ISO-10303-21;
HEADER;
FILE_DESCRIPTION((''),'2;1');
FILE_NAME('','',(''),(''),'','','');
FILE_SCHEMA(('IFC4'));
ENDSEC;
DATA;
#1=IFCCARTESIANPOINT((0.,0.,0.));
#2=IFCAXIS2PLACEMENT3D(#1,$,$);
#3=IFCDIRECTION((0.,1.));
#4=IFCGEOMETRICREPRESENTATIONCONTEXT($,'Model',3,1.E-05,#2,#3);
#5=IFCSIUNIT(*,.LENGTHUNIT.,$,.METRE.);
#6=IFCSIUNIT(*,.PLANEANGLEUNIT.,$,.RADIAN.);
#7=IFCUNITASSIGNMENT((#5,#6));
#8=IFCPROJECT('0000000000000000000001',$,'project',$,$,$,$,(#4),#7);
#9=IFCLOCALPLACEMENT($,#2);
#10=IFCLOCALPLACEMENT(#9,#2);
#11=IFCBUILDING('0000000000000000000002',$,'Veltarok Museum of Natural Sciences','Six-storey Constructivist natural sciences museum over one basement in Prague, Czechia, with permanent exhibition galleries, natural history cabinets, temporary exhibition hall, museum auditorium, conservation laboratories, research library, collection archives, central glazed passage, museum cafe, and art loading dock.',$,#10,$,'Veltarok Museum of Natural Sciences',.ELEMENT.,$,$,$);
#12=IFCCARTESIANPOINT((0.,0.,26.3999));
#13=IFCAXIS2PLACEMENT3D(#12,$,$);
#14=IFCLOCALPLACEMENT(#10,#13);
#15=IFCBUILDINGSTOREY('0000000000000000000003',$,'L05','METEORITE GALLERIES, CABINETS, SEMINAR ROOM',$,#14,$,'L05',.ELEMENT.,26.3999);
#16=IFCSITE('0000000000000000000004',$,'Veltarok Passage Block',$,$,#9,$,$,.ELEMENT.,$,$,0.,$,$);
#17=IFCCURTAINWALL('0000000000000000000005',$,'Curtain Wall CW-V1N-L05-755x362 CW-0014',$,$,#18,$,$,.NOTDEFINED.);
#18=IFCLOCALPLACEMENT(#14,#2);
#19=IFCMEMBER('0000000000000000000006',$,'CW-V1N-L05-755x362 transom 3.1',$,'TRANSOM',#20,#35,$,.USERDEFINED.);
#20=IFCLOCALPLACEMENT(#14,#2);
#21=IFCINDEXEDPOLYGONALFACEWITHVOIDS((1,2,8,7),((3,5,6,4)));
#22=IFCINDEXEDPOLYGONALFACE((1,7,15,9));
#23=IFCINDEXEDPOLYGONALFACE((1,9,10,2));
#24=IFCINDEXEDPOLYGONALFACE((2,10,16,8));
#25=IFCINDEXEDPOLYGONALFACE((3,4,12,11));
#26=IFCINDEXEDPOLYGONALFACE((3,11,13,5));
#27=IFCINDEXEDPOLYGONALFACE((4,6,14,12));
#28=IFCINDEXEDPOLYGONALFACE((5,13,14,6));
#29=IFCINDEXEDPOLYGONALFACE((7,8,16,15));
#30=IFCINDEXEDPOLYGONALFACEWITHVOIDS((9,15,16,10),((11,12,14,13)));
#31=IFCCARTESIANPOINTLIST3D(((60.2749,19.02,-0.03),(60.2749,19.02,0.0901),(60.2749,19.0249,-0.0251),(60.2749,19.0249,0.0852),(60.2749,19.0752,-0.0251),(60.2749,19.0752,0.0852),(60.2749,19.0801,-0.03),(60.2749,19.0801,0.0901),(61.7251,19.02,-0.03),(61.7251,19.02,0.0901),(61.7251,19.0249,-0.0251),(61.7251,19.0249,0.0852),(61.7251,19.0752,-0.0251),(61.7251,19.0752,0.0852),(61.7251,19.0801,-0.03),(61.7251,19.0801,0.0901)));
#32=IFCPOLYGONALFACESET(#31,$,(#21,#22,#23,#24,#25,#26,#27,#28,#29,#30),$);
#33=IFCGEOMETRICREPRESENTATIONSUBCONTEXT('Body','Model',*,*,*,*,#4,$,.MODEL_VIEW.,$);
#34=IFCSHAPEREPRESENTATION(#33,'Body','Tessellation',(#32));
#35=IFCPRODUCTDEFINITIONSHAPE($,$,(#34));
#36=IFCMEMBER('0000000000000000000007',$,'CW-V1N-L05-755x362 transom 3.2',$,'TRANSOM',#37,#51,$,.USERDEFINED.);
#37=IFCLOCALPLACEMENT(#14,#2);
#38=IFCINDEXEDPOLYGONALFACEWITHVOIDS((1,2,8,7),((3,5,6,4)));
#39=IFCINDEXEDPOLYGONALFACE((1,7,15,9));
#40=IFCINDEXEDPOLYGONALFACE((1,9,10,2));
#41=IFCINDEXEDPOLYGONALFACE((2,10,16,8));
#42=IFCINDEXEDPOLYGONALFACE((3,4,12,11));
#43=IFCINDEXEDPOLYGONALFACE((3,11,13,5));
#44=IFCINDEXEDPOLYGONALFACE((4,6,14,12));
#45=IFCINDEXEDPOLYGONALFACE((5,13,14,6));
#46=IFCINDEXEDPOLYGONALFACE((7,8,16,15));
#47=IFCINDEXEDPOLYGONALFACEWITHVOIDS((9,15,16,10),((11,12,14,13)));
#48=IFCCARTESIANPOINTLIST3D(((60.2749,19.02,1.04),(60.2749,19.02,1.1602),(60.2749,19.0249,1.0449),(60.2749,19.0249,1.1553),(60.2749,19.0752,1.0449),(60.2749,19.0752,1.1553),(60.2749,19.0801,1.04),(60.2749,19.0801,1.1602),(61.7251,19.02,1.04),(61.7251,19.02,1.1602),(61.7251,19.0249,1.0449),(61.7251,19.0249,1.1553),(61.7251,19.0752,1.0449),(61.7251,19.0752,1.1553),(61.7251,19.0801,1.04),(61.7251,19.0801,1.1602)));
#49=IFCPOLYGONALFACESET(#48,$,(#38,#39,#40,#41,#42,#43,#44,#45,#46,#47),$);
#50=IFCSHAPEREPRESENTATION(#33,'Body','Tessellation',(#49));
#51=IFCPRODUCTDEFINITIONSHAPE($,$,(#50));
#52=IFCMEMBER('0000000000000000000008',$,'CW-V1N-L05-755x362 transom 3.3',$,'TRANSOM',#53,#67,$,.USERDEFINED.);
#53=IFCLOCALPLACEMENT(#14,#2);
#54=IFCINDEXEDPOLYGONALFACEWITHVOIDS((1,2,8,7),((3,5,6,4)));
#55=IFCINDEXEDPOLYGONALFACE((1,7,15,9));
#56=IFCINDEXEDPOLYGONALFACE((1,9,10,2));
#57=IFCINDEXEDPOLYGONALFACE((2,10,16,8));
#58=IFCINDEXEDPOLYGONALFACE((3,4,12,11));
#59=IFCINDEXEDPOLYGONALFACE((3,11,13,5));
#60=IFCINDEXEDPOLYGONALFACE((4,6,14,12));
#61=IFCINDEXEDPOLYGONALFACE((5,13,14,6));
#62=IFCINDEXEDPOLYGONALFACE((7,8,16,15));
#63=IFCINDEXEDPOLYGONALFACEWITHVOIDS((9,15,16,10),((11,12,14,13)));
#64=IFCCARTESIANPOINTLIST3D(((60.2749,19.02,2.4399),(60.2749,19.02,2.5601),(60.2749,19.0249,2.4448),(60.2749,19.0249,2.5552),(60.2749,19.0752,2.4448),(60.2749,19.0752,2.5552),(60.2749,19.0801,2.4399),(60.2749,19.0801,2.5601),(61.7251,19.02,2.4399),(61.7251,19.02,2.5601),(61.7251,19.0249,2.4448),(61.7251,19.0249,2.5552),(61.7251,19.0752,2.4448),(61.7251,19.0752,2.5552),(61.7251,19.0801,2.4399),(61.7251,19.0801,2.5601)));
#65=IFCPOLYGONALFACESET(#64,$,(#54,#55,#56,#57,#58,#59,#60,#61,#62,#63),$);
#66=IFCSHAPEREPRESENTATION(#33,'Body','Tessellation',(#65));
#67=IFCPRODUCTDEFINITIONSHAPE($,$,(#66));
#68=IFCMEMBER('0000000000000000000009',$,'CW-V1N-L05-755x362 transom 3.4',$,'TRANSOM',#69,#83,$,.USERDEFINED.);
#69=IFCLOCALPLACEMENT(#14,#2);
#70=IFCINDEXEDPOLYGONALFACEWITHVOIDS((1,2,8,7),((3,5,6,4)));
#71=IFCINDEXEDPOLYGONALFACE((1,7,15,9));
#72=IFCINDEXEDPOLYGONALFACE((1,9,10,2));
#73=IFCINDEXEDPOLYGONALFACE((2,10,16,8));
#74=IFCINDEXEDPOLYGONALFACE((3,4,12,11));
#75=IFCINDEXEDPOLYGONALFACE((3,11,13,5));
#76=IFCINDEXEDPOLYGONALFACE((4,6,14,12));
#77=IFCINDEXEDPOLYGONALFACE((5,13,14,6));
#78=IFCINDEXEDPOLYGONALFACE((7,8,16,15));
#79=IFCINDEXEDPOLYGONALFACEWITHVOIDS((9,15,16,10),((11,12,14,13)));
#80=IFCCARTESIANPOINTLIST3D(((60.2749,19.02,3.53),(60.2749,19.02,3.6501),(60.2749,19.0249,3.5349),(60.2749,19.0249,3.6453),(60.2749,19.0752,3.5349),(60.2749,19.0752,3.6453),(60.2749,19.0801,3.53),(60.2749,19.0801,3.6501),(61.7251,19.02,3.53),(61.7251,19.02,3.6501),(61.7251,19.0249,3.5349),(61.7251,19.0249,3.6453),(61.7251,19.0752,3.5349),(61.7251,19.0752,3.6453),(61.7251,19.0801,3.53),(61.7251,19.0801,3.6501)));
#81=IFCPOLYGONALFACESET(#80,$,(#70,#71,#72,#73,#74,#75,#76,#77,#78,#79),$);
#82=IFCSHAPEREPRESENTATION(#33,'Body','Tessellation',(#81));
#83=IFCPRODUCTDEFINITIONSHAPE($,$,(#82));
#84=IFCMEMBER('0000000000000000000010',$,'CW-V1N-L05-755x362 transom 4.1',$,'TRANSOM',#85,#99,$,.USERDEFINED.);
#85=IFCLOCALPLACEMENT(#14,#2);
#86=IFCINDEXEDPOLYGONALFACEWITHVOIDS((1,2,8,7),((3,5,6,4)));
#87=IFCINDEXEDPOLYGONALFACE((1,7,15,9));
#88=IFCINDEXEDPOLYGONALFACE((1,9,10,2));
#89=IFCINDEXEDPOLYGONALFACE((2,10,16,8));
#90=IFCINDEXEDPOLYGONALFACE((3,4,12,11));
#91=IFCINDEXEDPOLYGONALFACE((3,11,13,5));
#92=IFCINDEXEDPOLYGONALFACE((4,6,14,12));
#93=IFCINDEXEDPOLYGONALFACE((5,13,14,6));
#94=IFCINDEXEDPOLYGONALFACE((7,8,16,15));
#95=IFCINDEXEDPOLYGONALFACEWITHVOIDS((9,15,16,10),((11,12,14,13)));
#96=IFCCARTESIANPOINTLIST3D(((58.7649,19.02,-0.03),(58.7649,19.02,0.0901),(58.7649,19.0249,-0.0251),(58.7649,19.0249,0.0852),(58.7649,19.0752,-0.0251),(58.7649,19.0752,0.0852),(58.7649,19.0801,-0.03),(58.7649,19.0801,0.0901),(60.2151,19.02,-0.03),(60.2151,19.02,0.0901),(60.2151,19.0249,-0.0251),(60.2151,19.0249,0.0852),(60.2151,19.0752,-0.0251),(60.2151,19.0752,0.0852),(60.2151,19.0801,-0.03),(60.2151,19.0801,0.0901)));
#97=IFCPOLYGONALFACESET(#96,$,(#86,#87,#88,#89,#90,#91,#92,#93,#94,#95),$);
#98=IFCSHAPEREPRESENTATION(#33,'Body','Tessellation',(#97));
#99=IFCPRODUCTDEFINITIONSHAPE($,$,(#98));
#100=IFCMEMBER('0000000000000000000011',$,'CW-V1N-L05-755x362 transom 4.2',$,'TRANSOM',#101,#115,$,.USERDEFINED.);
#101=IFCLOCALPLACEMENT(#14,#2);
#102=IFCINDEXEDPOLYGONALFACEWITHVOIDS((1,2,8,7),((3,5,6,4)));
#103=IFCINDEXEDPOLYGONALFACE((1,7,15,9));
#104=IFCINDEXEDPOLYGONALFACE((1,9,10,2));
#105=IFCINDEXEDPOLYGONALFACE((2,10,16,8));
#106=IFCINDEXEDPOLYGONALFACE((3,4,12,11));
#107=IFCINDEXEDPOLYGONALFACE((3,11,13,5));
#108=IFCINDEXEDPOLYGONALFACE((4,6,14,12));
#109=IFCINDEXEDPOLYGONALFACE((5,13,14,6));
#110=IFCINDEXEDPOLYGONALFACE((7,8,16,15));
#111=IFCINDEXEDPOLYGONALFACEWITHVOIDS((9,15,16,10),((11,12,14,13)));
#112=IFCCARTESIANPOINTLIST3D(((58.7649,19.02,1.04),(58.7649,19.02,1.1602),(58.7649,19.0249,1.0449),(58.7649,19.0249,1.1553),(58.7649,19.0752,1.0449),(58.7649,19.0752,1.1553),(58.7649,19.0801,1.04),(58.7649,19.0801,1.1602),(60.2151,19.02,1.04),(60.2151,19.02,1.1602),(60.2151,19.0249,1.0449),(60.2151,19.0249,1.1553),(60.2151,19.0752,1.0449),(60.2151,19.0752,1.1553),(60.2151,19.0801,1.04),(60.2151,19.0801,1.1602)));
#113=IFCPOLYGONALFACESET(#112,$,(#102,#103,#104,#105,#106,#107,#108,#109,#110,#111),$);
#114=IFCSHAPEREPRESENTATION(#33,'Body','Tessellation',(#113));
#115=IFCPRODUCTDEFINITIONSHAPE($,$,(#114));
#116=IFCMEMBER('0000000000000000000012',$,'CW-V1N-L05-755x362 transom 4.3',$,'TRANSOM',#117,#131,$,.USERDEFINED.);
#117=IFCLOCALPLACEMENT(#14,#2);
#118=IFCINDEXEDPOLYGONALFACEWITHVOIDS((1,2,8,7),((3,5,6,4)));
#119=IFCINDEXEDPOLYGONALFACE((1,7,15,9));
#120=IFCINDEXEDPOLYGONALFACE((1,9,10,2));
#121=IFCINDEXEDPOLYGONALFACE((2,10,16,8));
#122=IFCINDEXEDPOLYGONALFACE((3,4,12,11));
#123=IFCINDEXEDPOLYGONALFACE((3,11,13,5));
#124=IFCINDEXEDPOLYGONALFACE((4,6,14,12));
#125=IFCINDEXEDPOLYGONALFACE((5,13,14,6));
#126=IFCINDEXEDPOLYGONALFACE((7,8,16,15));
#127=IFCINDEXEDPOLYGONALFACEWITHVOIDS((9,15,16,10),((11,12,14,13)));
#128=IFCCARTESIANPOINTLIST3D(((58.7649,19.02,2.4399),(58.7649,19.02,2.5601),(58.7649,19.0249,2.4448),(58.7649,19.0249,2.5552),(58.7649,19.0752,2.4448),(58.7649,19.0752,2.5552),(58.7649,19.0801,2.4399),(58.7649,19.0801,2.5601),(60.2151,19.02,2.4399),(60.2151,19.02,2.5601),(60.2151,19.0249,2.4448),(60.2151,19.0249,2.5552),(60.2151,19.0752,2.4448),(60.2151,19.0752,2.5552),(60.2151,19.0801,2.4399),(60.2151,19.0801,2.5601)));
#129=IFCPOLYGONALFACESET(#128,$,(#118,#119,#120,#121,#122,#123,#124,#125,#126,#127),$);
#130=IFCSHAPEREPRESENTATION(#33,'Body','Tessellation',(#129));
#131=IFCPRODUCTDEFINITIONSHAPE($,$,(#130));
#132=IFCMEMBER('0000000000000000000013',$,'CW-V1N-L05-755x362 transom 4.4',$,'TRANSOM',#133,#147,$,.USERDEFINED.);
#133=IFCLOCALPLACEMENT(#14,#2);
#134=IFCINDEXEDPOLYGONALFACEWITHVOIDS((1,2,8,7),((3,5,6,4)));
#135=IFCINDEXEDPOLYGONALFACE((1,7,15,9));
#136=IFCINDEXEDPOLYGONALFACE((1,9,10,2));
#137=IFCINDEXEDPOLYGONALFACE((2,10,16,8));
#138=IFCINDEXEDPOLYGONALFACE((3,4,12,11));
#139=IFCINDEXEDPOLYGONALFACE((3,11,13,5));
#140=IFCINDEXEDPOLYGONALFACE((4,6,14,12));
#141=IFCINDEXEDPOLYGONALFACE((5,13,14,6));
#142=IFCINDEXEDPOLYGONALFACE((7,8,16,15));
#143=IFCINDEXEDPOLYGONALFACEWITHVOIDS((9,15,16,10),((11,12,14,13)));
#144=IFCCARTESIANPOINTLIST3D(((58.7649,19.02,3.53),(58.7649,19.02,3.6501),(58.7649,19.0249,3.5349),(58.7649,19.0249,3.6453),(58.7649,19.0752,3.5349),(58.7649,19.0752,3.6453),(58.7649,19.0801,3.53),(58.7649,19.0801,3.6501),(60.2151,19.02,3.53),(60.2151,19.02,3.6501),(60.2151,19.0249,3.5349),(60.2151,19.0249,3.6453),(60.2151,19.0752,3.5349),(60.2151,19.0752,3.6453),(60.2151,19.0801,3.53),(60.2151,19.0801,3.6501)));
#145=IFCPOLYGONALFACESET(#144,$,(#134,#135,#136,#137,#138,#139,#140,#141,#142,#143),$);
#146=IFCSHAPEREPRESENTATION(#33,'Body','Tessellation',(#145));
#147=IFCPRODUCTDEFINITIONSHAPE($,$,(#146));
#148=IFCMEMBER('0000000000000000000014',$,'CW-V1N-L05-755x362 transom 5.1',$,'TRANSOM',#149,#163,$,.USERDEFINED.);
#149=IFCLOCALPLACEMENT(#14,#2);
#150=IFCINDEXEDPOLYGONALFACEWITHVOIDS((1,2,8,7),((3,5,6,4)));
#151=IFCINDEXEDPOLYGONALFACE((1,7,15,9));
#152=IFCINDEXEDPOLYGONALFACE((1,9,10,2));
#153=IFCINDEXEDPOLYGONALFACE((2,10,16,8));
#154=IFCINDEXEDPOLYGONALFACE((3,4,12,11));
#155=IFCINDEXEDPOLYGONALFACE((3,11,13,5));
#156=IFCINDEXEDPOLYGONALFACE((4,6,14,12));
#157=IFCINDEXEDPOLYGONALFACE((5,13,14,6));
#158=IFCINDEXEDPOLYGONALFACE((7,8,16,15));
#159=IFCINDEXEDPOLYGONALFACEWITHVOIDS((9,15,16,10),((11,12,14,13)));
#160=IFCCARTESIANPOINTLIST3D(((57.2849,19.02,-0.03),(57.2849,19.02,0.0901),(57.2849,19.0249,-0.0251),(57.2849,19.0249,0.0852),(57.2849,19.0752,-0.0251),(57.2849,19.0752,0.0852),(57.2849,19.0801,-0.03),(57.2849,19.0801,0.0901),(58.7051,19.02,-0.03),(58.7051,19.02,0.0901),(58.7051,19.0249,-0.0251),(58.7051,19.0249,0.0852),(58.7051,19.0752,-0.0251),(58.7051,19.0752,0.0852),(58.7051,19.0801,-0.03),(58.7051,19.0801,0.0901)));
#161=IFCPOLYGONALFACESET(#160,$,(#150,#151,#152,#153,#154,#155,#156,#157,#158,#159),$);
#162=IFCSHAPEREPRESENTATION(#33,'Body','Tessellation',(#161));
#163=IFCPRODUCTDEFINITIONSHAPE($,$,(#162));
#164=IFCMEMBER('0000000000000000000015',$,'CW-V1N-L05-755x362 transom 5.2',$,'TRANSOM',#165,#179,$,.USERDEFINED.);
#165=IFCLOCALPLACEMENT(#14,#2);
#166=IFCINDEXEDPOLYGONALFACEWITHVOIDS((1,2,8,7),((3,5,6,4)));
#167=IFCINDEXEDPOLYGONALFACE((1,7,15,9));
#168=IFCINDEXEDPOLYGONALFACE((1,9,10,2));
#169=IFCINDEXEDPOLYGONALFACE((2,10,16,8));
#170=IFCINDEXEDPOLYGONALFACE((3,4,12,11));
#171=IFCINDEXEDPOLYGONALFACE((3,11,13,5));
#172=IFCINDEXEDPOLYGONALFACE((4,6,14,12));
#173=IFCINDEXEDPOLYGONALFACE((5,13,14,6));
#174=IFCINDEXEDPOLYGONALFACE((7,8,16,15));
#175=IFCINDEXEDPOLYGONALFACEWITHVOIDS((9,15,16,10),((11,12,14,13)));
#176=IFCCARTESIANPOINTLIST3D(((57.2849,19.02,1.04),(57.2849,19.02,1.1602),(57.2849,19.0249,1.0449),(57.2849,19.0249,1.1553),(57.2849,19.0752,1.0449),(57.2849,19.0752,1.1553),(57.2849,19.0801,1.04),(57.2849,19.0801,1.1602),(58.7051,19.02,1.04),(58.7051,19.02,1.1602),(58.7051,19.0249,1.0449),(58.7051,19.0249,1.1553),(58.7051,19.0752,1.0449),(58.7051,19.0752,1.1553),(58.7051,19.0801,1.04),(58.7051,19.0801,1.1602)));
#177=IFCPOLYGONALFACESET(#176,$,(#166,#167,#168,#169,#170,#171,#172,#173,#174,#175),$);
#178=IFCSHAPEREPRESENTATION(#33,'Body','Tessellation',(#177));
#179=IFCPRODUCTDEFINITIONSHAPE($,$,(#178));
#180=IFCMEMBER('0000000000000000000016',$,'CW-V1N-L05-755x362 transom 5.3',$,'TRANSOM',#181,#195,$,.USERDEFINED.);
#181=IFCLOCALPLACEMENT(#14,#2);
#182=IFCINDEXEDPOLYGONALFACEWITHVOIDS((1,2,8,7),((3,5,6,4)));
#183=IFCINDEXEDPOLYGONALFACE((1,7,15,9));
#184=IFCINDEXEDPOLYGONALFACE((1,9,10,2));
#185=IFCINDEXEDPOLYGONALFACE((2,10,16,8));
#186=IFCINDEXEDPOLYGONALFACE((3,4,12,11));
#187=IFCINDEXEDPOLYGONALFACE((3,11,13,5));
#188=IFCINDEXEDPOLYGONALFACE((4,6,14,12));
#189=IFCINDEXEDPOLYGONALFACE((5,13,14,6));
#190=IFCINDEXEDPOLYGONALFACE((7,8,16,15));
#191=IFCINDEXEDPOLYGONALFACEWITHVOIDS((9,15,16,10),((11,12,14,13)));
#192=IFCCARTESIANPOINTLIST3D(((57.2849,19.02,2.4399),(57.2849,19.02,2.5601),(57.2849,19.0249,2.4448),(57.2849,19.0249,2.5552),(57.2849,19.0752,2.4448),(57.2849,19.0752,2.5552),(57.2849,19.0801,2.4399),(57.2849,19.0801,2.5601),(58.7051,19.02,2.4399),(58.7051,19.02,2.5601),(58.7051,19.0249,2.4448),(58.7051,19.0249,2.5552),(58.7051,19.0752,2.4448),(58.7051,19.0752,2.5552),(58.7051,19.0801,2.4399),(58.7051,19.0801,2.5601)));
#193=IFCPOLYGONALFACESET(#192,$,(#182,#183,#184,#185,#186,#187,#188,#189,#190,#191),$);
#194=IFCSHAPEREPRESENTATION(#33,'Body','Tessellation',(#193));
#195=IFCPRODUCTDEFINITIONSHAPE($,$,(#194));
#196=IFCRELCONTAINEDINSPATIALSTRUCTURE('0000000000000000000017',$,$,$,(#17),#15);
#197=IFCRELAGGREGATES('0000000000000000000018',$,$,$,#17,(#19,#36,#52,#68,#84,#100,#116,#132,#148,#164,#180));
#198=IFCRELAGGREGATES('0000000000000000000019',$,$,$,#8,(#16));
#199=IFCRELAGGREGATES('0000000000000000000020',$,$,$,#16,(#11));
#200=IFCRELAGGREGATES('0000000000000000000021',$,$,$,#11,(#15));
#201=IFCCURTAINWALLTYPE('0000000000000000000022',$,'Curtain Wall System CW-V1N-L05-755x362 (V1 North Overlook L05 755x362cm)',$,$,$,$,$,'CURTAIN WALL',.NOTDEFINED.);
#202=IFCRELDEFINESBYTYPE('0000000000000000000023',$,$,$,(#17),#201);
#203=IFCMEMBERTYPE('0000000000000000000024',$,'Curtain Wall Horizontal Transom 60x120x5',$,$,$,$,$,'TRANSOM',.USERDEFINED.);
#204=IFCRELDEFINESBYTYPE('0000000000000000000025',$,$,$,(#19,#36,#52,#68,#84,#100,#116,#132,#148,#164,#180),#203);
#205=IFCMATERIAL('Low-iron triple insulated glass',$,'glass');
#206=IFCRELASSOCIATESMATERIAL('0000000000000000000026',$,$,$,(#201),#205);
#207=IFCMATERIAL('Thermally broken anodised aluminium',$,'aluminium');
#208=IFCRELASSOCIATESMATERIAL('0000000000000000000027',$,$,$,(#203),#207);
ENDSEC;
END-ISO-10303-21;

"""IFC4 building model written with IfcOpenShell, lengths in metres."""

from ifc_helpers import new_model, si_unit, direction, frame, origin, origin_2d, place, context, subcontext, project, spatial, hollow_rectangle, extrude, material, material_profile, profile_set, type_object, element, aggregate, save


model = new_model("IFC4")

# Units and contexts
model_context = context("Model", 3, precision=1e-05, world=origin(), true_north=direction((0.0, 1.0)))
body_context = subcontext(model_context, "Body", "Model", "MODEL_VIEW")
ifc_project = project(units=[si_unit("LENGTHUNIT", "METRE"), si_unit("PLANEANGLEUNIT", "RADIAN")], contexts=[model_context])

# Site, building, storey
site_placement = place(None, origin())
site = spatial("IfcSite", under=ifc_project, at=site_placement, Name="Veltarok Passage Block", CompositionType="ELEMENT", RefElevation=0.0)
building_placement = place(site_placement, origin())
building = spatial("IfcBuilding", under=site, at=building_placement, Name="Veltarok Museum of Natural Sciences", Description="Six-storey Constructivist natural sciences museum over one basement in Prague, Czechia, with permanent exhibition galleries, natural history cabinets, temporary exhibition hall, museum auditorium, conservation laboratories, research library, collection archives, central glazed passage, museum cafe, and art loading dock.", LongName="Veltarok Museum of Natural Sciences", CompositionType="ELEMENT")
storey_placement = place(building_placement, frame((0.0, 0.0, 26.3999)))
storey = spatial("IfcBuildingStorey", under=building, at=storey_placement, Name="L05", Description="METEORITE GALLERIES, CABINETS, SEMINAR ROOM", LongName="L05", CompositionType="ELEMENT", Elevation=26.3999)

# Curtain wall, members
ifc_material_1 = material(Name="Low-iron triple insulated glass", Category="glass")
curtain_wall_type = type_object("IfcCurtainWallType", Name="Curtain Wall System CW-V1N-L05-755x362 (V1 North Overlook L05 755x362cm)", ElementType="CURTAIN WALL", PredefinedType="NOTDEFINED", material=ifc_material_1)
curtain_wall_placement = place(storey_placement, origin())
curtain_wall = element("IfcCurtainWall", 1, at=curtain_wall_placement, inside=storey, type_object=curtain_wall_type, Name="Curtain Wall CW-V1N-L05-755x362 CW-0014", PredefinedType="NOTDEFINED")
ifc_material_2 = material(Name="Thermally broken anodised aluminium", Category="aluminium")
ifc_material_profile_1 = material_profile(ifc_material_2, hollow_rectangle(XDim=0.0601, YDim=0.1201, WallThickness=0.0049, at=origin_2d()), Name="CW TRANSOM 60x120x5")
ifc_profile_set_1 = profile_set([ifc_material_profile_1], Name="Thermally broken anodised aluminium")
member_type_1 = type_object("IfcMemberType", Name="Curtain Wall Horizontal Transom 60x120x5", ElementType="TRANSOM", PredefinedType="USERDEFINED", material=ifc_profile_set_1)
member_1_placement = place(storey_placement, frame((61.7251, 19.05, 0.03), z_axis=(-1.0, 0.0, 0.0), x_axis=(0.0, -1.0, 0.0)))
member_1 = element("IfcMember", 2, at=member_1_placement, type_object=member_type_1, Name="CW-V1N-L05-755x362 transom 3.1", ObjectType="TRANSOM", PredefinedType="USERDEFINED", context=body_context, shape_type="SweptSolid", body=[
    extrude(hollow_rectangle(XDim=0.0601, YDim=0.1201, WallThickness=0.0049, at=origin_2d()), origin(), (0.0, 0.0, 1.0), 1.4502),
])
member_2_placement = place(storey_placement, frame((61.7251, 19.05, 1.1001), z_axis=(-1.0, 0.0, 0.0), x_axis=(0.0, -1.0, 0.0)))
member_2 = element("IfcMember", 3, at=member_2_placement, type_object=member_type_1, Name="CW-V1N-L05-755x362 transom 3.2", ObjectType="TRANSOM", PredefinedType="USERDEFINED", context=body_context, shape_type="SweptSolid", body=[
    extrude(hollow_rectangle(XDim=0.0601, YDim=0.1201, WallThickness=0.0049, at=origin_2d()), origin(), (0.0, 0.0, 1.0), 1.4502),
])
member_3_placement = place(storey_placement, frame((61.7251, 19.05, 2.5), z_axis=(-1.0, 0.0, 0.0), x_axis=(0.0, -1.0, 0.0)))
member_3 = element("IfcMember", 4, at=member_3_placement, type_object=member_type_1, Name="CW-V1N-L05-755x362 transom 3.3", ObjectType="TRANSOM", PredefinedType="USERDEFINED", context=body_context, shape_type="SweptSolid", body=[
    extrude(hollow_rectangle(XDim=0.0601, YDim=0.1201, WallThickness=0.0049, at=origin_2d()), origin(), (0.0, 0.0, 1.0), 1.4502),
])
member_4_placement = place(storey_placement, frame((61.7251, 19.05, 3.5901), z_axis=(-1.0, 0.0, 0.0), x_axis=(0.0, -1.0, 0.0)))
member_4 = element("IfcMember", 5, at=member_4_placement, type_object=member_type_1, Name="CW-V1N-L05-755x362 transom 3.4", ObjectType="TRANSOM", PredefinedType="USERDEFINED", context=body_context, shape_type="SweptSolid", body=[
    extrude(hollow_rectangle(XDim=0.0601, YDim=0.1201, WallThickness=0.0049, at=origin_2d()), origin(), (0.0, 0.0, 1.0), 1.4502),
])
member_5_placement = place(storey_placement, frame((60.2151, 19.05, 0.03), z_axis=(-1.0, 0.0, 0.0), x_axis=(0.0, -1.0, 0.0)))
member_5 = element("IfcMember", 6, at=member_5_placement, type_object=member_type_1, Name="CW-V1N-L05-755x362 transom 4.1", ObjectType="TRANSOM", PredefinedType="USERDEFINED", context=body_context, shape_type="SweptSolid", body=[
    extrude(hollow_rectangle(XDim=0.0601, YDim=0.1201, WallThickness=0.0049, at=origin_2d()), origin(), (0.0, 0.0, 1.0), 1.4502),
])
member_6_placement = place(storey_placement, frame((60.2151, 19.05, 1.1001), z_axis=(-1.0, 0.0, 0.0), x_axis=(0.0, -1.0, 0.0)))
member_6 = element("IfcMember", 7, at=member_6_placement, type_object=member_type_1, Name="CW-V1N-L05-755x362 transom 4.2", ObjectType="TRANSOM", PredefinedType="USERDEFINED", context=body_context, shape_type="SweptSolid", body=[
    extrude(hollow_rectangle(XDim=0.0601, YDim=0.1201, WallThickness=0.0049, at=origin_2d()), origin(), (0.0, 0.0, 1.0), 1.4502),
])
member_7_placement = place(storey_placement, frame((60.2151, 19.05, 2.5), z_axis=(-1.0, 0.0, 0.0), x_axis=(0.0, -1.0, 0.0)))
member_7 = element("IfcMember", 8, at=member_7_placement, type_object=member_type_1, Name="CW-V1N-L05-755x362 transom 4.3", ObjectType="TRANSOM", PredefinedType="USERDEFINED", context=body_context, shape_type="SweptSolid", body=[
    extrude(hollow_rectangle(XDim=0.0601, YDim=0.1201, WallThickness=0.0049, at=origin_2d()), origin(), (0.0, 0.0, 1.0), 1.4502),
])
member_8_placement = place(storey_placement, frame((60.2151, 19.05, 3.5901), z_axis=(-1.0, 0.0, 0.0), x_axis=(0.0, -1.0, 0.0)))
member_8 = element("IfcMember", 9, at=member_8_placement, type_object=member_type_1, Name="CW-V1N-L05-755x362 transom 4.4", ObjectType="TRANSOM", PredefinedType="USERDEFINED", context=body_context, shape_type="SweptSolid", body=[
    extrude(hollow_rectangle(XDim=0.0601, YDim=0.1201, WallThickness=0.0049, at=origin_2d()), origin(), (0.0, 0.0, 1.0), 1.4502),
])
member_9_placement = place(storey_placement, frame((58.7051, 19.05, 0.03), z_axis=(-1.0, 0.0, 0.0), x_axis=(0.0, -1.0, 0.0)))
member_9 = element("IfcMember", 10, at=member_9_placement, type_object=member_type_1, Name="CW-V1N-L05-755x362 transom 5.1", ObjectType="TRANSOM", PredefinedType="USERDEFINED", context=body_context, shape_type="SweptSolid", body=[
    extrude(hollow_rectangle(XDim=0.0601, YDim=0.1201, WallThickness=0.0049, at=origin_2d()), origin(), (0.0, 0.0, 1.0), 1.4202),
])
member_10_placement = place(storey_placement, frame((58.7051, 19.05, 1.1001), z_axis=(-1.0, 0.0, 0.0), x_axis=(0.0, -1.0, 0.0)))
member_10 = element("IfcMember", 11, at=member_10_placement, type_object=member_type_1, Name="CW-V1N-L05-755x362 transom 5.2", ObjectType="TRANSOM", PredefinedType="USERDEFINED", context=body_context, shape_type="SweptSolid", body=[
    extrude(hollow_rectangle(XDim=0.0601, YDim=0.1201, WallThickness=0.0049, at=origin_2d()), origin(), (0.0, 0.0, 1.0), 1.4202),
])
member_11_placement = place(storey_placement, frame((58.7051, 19.05, 2.5), z_axis=(-1.0, 0.0, 0.0), x_axis=(0.0, -1.0, 0.0)))
member_11 = element("IfcMember", 12, at=member_11_placement, type_object=member_type_1, Name="CW-V1N-L05-755x362 transom 5.3", ObjectType="TRANSOM", PredefinedType="USERDEFINED", context=body_context, shape_type="SweptSolid", body=[
    extrude(hollow_rectangle(XDim=0.0601, YDim=0.1201, WallThickness=0.0049, at=origin_2d()), origin(), (0.0, 0.0, 1.0), 1.4202),
])
aggregate(curtain_wall, [member_1, member_2, member_3, member_4, member_5, member_6, member_7, member_8, member_9, member_10, member_11])

save(model, "model.ifc")
